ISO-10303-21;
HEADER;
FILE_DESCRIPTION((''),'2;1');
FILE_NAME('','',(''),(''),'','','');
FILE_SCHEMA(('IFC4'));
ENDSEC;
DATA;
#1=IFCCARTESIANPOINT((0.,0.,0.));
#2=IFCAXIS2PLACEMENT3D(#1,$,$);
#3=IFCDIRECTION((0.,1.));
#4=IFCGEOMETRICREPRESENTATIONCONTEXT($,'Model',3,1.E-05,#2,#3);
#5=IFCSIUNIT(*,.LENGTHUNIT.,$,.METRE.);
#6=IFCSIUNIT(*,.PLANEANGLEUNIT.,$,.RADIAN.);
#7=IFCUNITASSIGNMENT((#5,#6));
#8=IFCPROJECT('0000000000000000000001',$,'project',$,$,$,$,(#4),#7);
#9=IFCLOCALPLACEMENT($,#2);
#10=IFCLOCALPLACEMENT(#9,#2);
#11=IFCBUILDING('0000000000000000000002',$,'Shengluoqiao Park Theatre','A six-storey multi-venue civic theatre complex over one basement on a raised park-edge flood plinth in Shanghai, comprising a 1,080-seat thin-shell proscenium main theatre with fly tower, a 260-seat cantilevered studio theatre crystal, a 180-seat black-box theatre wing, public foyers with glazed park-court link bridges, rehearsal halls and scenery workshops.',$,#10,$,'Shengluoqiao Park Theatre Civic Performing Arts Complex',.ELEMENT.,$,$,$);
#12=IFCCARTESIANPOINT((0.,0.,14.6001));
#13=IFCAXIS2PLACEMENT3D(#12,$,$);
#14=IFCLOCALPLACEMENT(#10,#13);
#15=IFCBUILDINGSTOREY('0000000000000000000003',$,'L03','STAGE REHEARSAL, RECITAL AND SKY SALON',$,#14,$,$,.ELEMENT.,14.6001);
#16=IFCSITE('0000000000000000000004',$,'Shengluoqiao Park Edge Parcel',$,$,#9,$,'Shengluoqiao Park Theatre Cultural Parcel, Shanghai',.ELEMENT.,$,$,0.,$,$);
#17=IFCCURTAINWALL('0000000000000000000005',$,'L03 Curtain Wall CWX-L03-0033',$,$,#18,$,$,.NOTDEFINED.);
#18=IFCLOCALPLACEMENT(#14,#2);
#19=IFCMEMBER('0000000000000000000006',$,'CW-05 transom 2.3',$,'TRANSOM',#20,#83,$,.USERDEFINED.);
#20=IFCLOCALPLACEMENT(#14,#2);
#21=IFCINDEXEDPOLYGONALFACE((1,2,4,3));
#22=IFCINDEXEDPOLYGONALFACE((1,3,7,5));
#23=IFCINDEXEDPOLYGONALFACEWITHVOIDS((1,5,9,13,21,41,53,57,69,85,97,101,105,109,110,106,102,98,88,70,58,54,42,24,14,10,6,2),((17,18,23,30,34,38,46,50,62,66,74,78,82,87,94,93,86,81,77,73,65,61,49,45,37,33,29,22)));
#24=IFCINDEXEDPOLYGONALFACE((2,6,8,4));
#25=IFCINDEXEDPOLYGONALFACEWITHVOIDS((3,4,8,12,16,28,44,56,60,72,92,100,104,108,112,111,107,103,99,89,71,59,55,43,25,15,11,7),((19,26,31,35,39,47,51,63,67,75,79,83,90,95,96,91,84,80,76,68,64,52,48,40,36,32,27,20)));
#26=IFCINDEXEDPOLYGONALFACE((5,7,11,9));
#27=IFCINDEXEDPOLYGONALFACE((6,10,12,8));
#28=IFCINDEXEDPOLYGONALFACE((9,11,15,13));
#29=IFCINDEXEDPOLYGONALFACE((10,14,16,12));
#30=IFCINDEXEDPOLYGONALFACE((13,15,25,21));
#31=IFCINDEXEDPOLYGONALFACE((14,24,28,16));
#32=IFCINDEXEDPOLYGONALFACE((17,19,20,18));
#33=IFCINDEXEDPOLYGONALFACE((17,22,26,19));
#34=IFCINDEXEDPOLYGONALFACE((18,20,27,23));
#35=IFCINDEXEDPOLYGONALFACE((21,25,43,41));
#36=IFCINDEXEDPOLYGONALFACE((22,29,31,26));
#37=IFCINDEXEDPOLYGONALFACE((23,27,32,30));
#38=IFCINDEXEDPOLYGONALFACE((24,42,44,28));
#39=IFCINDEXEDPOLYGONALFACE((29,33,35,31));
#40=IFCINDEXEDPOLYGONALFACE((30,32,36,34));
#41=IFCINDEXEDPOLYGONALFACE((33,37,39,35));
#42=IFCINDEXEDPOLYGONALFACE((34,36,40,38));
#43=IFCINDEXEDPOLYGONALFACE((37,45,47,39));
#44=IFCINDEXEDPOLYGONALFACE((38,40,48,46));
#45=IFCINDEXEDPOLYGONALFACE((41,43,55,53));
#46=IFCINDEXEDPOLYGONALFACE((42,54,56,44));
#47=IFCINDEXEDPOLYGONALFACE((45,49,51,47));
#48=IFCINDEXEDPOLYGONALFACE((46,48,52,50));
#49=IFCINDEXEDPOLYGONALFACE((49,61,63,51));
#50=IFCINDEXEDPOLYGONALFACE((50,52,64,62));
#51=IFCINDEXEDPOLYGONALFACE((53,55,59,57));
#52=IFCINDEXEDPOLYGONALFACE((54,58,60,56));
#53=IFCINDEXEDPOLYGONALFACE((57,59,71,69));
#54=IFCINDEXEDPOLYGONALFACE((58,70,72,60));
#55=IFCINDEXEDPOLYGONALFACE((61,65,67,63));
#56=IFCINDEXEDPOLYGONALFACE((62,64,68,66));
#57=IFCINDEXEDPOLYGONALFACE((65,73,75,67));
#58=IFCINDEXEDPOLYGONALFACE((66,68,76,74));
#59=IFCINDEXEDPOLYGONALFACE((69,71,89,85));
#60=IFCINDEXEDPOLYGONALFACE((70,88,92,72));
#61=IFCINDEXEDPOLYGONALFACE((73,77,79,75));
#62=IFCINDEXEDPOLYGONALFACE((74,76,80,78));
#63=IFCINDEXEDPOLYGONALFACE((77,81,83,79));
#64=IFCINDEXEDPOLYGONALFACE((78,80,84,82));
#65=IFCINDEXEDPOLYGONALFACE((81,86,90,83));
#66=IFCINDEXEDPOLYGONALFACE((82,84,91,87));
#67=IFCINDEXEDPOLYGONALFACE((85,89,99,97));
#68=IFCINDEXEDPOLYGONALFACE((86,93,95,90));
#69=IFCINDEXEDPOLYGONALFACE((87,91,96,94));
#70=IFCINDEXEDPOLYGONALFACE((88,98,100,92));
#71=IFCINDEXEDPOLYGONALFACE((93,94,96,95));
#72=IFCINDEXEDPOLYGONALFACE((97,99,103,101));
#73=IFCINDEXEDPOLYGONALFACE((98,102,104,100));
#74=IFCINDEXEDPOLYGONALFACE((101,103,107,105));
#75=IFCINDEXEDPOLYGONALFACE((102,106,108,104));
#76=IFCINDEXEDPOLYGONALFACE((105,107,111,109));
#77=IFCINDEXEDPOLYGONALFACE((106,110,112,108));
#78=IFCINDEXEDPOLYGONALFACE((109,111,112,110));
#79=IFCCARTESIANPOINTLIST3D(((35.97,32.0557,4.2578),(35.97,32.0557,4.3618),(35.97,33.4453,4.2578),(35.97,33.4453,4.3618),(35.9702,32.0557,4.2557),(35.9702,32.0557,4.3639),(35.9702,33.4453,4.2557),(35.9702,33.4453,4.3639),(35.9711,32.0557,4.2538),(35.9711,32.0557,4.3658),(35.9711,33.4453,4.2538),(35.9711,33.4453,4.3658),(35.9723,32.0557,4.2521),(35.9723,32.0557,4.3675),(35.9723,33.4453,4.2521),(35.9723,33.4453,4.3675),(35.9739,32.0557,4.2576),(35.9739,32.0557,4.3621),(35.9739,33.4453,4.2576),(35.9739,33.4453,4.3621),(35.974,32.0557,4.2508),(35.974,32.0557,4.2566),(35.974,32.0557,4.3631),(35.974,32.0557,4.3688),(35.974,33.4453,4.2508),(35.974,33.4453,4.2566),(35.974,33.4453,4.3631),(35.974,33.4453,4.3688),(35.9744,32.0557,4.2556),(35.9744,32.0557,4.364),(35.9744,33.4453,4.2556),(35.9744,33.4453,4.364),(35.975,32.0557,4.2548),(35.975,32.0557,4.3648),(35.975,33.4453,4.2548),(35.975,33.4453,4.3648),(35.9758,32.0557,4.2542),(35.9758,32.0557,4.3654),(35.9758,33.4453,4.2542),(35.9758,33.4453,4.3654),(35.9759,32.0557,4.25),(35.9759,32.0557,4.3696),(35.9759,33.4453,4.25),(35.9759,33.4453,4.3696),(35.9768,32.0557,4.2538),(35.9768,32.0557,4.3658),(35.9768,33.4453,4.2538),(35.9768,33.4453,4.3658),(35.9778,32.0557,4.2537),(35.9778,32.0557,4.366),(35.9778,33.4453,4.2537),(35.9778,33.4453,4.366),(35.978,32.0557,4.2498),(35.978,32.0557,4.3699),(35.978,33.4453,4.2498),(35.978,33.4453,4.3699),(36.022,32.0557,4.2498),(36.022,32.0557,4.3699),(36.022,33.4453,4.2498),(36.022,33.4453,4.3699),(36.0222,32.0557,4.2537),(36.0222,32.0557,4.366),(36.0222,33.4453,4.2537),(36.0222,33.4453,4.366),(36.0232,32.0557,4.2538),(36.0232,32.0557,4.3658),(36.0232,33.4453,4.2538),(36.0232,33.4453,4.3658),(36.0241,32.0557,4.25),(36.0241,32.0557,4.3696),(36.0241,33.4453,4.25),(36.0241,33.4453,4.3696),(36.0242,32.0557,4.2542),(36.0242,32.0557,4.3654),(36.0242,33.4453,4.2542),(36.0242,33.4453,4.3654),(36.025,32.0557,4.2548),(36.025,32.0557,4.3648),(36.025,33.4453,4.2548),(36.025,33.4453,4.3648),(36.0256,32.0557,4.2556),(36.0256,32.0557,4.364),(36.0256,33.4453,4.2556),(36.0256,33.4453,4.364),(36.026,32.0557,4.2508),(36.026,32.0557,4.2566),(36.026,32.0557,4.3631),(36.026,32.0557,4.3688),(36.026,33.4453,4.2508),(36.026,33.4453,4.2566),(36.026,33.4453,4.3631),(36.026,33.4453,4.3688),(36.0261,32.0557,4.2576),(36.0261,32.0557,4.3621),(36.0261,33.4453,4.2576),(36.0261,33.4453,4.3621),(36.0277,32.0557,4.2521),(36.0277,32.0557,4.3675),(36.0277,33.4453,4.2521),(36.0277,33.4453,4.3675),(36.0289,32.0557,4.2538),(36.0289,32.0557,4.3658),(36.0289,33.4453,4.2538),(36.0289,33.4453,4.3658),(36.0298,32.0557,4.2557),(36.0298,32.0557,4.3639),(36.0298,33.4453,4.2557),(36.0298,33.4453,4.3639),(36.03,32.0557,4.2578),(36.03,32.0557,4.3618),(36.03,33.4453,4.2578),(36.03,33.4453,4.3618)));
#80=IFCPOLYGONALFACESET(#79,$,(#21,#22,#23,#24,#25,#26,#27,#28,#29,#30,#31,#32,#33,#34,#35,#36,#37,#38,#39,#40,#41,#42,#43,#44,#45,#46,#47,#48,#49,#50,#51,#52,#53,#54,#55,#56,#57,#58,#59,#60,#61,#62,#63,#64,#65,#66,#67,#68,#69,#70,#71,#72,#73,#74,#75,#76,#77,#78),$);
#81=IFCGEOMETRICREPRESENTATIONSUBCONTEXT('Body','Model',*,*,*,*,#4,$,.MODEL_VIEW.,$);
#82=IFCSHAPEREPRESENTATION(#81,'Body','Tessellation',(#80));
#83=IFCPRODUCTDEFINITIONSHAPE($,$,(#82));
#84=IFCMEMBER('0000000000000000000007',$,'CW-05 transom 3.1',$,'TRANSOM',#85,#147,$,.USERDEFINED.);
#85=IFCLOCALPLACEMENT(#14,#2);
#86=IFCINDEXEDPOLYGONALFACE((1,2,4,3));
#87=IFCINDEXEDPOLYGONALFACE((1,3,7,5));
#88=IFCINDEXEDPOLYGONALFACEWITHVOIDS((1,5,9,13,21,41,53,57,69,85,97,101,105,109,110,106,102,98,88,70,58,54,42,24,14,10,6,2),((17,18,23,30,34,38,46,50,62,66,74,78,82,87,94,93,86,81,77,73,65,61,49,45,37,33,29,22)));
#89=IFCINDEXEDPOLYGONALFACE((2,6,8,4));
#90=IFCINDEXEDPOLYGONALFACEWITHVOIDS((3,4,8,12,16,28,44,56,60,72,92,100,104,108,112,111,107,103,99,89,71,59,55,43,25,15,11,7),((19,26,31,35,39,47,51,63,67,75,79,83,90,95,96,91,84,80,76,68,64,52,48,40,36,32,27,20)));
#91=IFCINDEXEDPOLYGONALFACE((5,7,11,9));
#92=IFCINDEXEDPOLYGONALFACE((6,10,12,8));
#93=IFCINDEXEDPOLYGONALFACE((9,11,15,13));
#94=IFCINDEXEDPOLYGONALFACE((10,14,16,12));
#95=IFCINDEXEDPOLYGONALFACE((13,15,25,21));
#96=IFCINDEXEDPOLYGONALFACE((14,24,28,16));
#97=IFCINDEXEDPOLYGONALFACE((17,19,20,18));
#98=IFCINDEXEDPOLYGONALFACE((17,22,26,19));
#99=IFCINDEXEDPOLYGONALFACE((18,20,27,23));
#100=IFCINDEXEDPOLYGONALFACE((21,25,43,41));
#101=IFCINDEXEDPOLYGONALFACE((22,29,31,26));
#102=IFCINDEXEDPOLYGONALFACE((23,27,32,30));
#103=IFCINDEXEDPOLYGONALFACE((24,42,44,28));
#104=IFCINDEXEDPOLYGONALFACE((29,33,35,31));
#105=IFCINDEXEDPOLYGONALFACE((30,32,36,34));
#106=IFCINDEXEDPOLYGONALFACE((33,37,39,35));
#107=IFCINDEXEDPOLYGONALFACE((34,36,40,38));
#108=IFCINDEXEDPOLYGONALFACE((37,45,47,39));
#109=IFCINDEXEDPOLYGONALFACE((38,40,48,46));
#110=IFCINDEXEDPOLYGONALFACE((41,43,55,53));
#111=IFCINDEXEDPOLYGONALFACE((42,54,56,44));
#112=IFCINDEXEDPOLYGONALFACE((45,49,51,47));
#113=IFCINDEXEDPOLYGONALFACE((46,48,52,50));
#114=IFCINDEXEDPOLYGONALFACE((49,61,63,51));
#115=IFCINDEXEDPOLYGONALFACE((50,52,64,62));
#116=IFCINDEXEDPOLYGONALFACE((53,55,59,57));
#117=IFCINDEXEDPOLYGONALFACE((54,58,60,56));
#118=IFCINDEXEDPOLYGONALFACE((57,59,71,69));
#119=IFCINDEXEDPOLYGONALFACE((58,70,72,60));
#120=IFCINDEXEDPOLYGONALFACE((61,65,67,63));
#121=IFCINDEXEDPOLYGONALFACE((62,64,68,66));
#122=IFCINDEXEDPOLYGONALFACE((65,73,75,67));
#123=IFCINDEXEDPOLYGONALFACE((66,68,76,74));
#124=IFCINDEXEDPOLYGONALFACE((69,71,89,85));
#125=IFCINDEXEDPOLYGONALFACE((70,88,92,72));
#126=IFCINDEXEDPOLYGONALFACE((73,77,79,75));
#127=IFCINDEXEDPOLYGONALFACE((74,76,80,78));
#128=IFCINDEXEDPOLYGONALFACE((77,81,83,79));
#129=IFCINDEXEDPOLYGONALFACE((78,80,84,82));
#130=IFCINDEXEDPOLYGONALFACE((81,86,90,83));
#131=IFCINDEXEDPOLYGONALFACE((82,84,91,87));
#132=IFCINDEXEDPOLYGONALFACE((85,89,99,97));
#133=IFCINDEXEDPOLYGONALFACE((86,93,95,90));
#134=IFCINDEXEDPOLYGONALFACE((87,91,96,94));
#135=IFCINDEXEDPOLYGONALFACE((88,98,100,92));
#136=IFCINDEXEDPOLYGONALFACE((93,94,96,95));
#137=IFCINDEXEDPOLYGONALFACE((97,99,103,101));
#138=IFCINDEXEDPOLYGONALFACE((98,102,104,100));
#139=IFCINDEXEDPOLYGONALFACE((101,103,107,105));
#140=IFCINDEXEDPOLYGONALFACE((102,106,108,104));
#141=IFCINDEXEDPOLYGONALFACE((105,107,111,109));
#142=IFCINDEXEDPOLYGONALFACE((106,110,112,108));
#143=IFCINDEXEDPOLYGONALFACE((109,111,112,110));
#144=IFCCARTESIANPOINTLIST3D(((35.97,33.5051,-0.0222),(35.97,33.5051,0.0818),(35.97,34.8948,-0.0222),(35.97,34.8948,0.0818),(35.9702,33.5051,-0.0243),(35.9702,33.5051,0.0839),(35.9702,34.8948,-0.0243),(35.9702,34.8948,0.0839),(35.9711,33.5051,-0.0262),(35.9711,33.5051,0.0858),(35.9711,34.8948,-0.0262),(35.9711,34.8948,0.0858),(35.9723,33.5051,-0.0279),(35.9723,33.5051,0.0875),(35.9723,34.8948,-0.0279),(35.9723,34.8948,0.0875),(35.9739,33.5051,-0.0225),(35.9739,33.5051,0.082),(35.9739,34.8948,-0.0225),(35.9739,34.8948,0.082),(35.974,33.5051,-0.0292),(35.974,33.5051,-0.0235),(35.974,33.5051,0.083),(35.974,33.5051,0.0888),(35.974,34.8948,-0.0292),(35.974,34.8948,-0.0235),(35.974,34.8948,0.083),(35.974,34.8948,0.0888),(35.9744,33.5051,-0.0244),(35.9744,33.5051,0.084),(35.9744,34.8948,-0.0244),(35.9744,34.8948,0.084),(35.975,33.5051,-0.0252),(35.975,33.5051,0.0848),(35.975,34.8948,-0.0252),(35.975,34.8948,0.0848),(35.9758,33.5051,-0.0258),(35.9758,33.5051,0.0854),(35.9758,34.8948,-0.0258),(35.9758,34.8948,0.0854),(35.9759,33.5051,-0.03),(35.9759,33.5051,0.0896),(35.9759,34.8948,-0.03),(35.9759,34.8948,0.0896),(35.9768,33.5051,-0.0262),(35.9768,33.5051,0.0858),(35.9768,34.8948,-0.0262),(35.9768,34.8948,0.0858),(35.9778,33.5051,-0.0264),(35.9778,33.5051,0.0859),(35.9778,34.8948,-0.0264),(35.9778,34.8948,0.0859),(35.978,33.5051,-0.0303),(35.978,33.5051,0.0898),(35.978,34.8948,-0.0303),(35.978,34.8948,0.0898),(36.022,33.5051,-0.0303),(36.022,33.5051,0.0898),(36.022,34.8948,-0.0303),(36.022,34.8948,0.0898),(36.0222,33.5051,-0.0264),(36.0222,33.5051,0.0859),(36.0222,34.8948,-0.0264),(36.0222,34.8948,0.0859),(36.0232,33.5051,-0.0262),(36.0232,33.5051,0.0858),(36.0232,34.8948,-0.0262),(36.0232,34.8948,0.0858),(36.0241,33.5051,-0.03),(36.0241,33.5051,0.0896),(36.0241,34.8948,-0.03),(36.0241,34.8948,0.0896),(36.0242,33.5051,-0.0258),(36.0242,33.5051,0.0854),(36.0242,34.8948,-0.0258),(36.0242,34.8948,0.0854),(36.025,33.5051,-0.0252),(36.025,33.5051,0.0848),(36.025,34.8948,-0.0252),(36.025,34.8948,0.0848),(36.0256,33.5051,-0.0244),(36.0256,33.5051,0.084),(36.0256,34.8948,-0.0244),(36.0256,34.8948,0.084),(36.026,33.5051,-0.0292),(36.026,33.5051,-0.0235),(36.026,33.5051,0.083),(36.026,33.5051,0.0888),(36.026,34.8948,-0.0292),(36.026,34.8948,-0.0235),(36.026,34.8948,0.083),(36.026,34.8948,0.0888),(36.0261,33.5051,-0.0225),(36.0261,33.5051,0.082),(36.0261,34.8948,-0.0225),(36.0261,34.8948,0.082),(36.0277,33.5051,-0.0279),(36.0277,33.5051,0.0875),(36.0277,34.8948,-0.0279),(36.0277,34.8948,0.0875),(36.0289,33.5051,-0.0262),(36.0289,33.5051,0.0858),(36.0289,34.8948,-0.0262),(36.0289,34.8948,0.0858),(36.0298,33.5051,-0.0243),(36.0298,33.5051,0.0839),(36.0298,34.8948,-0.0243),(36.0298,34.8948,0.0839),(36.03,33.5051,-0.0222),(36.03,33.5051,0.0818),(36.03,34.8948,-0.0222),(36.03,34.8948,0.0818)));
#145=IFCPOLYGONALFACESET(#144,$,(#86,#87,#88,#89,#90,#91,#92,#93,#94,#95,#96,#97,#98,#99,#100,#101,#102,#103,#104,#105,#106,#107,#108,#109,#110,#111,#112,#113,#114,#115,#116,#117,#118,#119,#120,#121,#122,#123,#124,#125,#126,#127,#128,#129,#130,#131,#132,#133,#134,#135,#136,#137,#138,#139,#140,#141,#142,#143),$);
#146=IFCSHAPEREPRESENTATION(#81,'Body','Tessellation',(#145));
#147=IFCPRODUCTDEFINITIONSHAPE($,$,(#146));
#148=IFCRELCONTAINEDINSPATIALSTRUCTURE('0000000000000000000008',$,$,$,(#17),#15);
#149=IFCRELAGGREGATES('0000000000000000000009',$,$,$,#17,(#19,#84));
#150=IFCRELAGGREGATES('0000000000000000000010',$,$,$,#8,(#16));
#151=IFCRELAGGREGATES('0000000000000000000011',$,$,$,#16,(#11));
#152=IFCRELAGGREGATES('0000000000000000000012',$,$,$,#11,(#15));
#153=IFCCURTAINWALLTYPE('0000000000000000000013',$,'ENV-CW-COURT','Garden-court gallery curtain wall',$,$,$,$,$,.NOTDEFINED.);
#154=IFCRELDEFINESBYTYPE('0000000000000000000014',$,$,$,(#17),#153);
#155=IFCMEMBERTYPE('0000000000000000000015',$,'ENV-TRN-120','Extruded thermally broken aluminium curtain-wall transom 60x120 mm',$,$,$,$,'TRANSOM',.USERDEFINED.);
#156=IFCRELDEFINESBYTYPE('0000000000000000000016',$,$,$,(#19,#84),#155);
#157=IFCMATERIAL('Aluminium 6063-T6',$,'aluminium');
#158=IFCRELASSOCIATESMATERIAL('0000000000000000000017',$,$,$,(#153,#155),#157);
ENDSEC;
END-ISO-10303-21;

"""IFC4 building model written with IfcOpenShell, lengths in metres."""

from ifc_helpers import new_model, si_unit, direction, frame, origin, origin_2d, place, context, subcontext, project, spatial, hollow_rectangle, extrude, material, material_profile, profile_set, type_object, element, aggregate, save


model = new_model("IFC4")

# Units and contexts
model_context = context("Model", 3, precision=1e-05, world=origin(), true_north=direction((0.0, 1.0)))
body_context = subcontext(model_context, "Body", "Model", "MODEL_VIEW")
ifc_project = project(units=[si_unit("LENGTHUNIT", "METRE"), si_unit("PLANEANGLEUNIT", "RADIAN")], contexts=[model_context])

# Site, building, storey
site_placement = place(None, origin())
site = spatial("IfcSite", under=ifc_project, at=site_placement, Name="Shengluoqiao Park Edge Parcel", LongName="Shengluoqiao Park Theatre Cultural Parcel, Shanghai", CompositionType="ELEMENT", RefElevation=0.0)
building_placement = place(site_placement, origin())
building = spatial("IfcBuilding", under=site, at=building_placement, Name="Shengluoqiao Park Theatre", Description="A six-storey multi-venue civic theatre complex over one basement on a raised park-edge flood plinth in Shanghai, comprising a 1,080-seat thin-shell proscenium main theatre with fly tower, a 260-seat cantilevered studio theatre crystal, a 180-seat black-box theatre wing, public foyers with glazed park-court link bridges, rehearsal halls and scenery workshops.", LongName="Shengluoqiao Park Theatre Civic Performing Arts Complex", CompositionType="ELEMENT")
storey_placement = place(building_placement, frame((0.0, 0.0, 14.6001)))
storey = spatial("IfcBuildingStorey", under=building, at=storey_placement, Name="L03", Description="STAGE REHEARSAL, RECITAL AND SKY SALON", CompositionType="ELEMENT", Elevation=14.6001)

# Curtain wall
ifc_material_1 = material(Name="Aluminium 6063-T6", Category="aluminium")
curtain_wall_type_1 = type_object("IfcCurtainWallType", Name="ENV-CW-COURT", Description="Garden-court gallery curtain wall", PredefinedType="NOTDEFINED", material=ifc_material_1)
curtain_wall_1_placement = place(storey_placement, origin())
curtain_wall_1 = element("IfcCurtainWall", 1, at=curtain_wall_1_placement, inside=storey, type_object=curtain_wall_type_1, Name="L03 Curtain Wall CWX-L03-0033", PredefinedType="NOTDEFINED")

# Members
ifc_material_profile_1 = material_profile(ifc_material_1, hollow_rectangle(XDim=0.0601, YDim=0.1201, WallThickness=0.0039, InnerFilletRadius=0.0039, OuterFilletRadius=0.0081, at=origin_2d()), Name="ALU TRANSOM 120x60x4")
ifc_profile_set_1 = profile_set([ifc_material_profile_1], Name="Aluminium 6063-T6")
member_type_1 = type_object("IfcMemberType", Name="ENV-TRN-120", Description="Extruded thermally broken aluminium curtain-wall transom 60x120 mm", ElementType="TRANSOM", PredefinedType="USERDEFINED", material=ifc_profile_set_1)
member_1_placement = place(storey_placement, frame((36.0, 32.0557, 4.3098), z_axis=(0.0, 1.0, 0.0), x_axis=(-1.0, 0.0, 0.0)))
member_1 = element("IfcMember", 2, at=member_1_placement, type_object=member_type_1, Name="CW-05 transom 2.3", ObjectType="TRANSOM", PredefinedType="USERDEFINED", context=body_context, shape_type="SweptSolid", body=[
    extrude(hollow_rectangle(XDim=0.0601, YDim=0.1201, WallThickness=0.0039, InnerFilletRadius=0.0039, OuterFilletRadius=0.0081, at=origin_2d()), origin(), (0.0, 0.0, 1.0), 1.3896),
])
member_2_placement = place(storey_placement, frame((36.0, 33.5051, 0.0298), z_axis=(0.0, 1.0, 0.0), x_axis=(-1.0, 0.0, 0.0)))
member_2 = element("IfcMember", 3, at=member_2_placement, type_object=member_type_1, Name="CW-05 transom 3.1", ObjectType="TRANSOM", PredefinedType="USERDEFINED", context=body_context, shape_type="SweptSolid", body=[
    extrude(hollow_rectangle(XDim=0.0601, YDim=0.1201, WallThickness=0.0039, InnerFilletRadius=0.0039, OuterFilletRadius=0.0081, at=origin_2d()), origin(), (0.0, 0.0, 1.0), 1.3896),
])

aggregate(curtain_wall_1, [member_1, member_2])

save(model, "model.ifc")
